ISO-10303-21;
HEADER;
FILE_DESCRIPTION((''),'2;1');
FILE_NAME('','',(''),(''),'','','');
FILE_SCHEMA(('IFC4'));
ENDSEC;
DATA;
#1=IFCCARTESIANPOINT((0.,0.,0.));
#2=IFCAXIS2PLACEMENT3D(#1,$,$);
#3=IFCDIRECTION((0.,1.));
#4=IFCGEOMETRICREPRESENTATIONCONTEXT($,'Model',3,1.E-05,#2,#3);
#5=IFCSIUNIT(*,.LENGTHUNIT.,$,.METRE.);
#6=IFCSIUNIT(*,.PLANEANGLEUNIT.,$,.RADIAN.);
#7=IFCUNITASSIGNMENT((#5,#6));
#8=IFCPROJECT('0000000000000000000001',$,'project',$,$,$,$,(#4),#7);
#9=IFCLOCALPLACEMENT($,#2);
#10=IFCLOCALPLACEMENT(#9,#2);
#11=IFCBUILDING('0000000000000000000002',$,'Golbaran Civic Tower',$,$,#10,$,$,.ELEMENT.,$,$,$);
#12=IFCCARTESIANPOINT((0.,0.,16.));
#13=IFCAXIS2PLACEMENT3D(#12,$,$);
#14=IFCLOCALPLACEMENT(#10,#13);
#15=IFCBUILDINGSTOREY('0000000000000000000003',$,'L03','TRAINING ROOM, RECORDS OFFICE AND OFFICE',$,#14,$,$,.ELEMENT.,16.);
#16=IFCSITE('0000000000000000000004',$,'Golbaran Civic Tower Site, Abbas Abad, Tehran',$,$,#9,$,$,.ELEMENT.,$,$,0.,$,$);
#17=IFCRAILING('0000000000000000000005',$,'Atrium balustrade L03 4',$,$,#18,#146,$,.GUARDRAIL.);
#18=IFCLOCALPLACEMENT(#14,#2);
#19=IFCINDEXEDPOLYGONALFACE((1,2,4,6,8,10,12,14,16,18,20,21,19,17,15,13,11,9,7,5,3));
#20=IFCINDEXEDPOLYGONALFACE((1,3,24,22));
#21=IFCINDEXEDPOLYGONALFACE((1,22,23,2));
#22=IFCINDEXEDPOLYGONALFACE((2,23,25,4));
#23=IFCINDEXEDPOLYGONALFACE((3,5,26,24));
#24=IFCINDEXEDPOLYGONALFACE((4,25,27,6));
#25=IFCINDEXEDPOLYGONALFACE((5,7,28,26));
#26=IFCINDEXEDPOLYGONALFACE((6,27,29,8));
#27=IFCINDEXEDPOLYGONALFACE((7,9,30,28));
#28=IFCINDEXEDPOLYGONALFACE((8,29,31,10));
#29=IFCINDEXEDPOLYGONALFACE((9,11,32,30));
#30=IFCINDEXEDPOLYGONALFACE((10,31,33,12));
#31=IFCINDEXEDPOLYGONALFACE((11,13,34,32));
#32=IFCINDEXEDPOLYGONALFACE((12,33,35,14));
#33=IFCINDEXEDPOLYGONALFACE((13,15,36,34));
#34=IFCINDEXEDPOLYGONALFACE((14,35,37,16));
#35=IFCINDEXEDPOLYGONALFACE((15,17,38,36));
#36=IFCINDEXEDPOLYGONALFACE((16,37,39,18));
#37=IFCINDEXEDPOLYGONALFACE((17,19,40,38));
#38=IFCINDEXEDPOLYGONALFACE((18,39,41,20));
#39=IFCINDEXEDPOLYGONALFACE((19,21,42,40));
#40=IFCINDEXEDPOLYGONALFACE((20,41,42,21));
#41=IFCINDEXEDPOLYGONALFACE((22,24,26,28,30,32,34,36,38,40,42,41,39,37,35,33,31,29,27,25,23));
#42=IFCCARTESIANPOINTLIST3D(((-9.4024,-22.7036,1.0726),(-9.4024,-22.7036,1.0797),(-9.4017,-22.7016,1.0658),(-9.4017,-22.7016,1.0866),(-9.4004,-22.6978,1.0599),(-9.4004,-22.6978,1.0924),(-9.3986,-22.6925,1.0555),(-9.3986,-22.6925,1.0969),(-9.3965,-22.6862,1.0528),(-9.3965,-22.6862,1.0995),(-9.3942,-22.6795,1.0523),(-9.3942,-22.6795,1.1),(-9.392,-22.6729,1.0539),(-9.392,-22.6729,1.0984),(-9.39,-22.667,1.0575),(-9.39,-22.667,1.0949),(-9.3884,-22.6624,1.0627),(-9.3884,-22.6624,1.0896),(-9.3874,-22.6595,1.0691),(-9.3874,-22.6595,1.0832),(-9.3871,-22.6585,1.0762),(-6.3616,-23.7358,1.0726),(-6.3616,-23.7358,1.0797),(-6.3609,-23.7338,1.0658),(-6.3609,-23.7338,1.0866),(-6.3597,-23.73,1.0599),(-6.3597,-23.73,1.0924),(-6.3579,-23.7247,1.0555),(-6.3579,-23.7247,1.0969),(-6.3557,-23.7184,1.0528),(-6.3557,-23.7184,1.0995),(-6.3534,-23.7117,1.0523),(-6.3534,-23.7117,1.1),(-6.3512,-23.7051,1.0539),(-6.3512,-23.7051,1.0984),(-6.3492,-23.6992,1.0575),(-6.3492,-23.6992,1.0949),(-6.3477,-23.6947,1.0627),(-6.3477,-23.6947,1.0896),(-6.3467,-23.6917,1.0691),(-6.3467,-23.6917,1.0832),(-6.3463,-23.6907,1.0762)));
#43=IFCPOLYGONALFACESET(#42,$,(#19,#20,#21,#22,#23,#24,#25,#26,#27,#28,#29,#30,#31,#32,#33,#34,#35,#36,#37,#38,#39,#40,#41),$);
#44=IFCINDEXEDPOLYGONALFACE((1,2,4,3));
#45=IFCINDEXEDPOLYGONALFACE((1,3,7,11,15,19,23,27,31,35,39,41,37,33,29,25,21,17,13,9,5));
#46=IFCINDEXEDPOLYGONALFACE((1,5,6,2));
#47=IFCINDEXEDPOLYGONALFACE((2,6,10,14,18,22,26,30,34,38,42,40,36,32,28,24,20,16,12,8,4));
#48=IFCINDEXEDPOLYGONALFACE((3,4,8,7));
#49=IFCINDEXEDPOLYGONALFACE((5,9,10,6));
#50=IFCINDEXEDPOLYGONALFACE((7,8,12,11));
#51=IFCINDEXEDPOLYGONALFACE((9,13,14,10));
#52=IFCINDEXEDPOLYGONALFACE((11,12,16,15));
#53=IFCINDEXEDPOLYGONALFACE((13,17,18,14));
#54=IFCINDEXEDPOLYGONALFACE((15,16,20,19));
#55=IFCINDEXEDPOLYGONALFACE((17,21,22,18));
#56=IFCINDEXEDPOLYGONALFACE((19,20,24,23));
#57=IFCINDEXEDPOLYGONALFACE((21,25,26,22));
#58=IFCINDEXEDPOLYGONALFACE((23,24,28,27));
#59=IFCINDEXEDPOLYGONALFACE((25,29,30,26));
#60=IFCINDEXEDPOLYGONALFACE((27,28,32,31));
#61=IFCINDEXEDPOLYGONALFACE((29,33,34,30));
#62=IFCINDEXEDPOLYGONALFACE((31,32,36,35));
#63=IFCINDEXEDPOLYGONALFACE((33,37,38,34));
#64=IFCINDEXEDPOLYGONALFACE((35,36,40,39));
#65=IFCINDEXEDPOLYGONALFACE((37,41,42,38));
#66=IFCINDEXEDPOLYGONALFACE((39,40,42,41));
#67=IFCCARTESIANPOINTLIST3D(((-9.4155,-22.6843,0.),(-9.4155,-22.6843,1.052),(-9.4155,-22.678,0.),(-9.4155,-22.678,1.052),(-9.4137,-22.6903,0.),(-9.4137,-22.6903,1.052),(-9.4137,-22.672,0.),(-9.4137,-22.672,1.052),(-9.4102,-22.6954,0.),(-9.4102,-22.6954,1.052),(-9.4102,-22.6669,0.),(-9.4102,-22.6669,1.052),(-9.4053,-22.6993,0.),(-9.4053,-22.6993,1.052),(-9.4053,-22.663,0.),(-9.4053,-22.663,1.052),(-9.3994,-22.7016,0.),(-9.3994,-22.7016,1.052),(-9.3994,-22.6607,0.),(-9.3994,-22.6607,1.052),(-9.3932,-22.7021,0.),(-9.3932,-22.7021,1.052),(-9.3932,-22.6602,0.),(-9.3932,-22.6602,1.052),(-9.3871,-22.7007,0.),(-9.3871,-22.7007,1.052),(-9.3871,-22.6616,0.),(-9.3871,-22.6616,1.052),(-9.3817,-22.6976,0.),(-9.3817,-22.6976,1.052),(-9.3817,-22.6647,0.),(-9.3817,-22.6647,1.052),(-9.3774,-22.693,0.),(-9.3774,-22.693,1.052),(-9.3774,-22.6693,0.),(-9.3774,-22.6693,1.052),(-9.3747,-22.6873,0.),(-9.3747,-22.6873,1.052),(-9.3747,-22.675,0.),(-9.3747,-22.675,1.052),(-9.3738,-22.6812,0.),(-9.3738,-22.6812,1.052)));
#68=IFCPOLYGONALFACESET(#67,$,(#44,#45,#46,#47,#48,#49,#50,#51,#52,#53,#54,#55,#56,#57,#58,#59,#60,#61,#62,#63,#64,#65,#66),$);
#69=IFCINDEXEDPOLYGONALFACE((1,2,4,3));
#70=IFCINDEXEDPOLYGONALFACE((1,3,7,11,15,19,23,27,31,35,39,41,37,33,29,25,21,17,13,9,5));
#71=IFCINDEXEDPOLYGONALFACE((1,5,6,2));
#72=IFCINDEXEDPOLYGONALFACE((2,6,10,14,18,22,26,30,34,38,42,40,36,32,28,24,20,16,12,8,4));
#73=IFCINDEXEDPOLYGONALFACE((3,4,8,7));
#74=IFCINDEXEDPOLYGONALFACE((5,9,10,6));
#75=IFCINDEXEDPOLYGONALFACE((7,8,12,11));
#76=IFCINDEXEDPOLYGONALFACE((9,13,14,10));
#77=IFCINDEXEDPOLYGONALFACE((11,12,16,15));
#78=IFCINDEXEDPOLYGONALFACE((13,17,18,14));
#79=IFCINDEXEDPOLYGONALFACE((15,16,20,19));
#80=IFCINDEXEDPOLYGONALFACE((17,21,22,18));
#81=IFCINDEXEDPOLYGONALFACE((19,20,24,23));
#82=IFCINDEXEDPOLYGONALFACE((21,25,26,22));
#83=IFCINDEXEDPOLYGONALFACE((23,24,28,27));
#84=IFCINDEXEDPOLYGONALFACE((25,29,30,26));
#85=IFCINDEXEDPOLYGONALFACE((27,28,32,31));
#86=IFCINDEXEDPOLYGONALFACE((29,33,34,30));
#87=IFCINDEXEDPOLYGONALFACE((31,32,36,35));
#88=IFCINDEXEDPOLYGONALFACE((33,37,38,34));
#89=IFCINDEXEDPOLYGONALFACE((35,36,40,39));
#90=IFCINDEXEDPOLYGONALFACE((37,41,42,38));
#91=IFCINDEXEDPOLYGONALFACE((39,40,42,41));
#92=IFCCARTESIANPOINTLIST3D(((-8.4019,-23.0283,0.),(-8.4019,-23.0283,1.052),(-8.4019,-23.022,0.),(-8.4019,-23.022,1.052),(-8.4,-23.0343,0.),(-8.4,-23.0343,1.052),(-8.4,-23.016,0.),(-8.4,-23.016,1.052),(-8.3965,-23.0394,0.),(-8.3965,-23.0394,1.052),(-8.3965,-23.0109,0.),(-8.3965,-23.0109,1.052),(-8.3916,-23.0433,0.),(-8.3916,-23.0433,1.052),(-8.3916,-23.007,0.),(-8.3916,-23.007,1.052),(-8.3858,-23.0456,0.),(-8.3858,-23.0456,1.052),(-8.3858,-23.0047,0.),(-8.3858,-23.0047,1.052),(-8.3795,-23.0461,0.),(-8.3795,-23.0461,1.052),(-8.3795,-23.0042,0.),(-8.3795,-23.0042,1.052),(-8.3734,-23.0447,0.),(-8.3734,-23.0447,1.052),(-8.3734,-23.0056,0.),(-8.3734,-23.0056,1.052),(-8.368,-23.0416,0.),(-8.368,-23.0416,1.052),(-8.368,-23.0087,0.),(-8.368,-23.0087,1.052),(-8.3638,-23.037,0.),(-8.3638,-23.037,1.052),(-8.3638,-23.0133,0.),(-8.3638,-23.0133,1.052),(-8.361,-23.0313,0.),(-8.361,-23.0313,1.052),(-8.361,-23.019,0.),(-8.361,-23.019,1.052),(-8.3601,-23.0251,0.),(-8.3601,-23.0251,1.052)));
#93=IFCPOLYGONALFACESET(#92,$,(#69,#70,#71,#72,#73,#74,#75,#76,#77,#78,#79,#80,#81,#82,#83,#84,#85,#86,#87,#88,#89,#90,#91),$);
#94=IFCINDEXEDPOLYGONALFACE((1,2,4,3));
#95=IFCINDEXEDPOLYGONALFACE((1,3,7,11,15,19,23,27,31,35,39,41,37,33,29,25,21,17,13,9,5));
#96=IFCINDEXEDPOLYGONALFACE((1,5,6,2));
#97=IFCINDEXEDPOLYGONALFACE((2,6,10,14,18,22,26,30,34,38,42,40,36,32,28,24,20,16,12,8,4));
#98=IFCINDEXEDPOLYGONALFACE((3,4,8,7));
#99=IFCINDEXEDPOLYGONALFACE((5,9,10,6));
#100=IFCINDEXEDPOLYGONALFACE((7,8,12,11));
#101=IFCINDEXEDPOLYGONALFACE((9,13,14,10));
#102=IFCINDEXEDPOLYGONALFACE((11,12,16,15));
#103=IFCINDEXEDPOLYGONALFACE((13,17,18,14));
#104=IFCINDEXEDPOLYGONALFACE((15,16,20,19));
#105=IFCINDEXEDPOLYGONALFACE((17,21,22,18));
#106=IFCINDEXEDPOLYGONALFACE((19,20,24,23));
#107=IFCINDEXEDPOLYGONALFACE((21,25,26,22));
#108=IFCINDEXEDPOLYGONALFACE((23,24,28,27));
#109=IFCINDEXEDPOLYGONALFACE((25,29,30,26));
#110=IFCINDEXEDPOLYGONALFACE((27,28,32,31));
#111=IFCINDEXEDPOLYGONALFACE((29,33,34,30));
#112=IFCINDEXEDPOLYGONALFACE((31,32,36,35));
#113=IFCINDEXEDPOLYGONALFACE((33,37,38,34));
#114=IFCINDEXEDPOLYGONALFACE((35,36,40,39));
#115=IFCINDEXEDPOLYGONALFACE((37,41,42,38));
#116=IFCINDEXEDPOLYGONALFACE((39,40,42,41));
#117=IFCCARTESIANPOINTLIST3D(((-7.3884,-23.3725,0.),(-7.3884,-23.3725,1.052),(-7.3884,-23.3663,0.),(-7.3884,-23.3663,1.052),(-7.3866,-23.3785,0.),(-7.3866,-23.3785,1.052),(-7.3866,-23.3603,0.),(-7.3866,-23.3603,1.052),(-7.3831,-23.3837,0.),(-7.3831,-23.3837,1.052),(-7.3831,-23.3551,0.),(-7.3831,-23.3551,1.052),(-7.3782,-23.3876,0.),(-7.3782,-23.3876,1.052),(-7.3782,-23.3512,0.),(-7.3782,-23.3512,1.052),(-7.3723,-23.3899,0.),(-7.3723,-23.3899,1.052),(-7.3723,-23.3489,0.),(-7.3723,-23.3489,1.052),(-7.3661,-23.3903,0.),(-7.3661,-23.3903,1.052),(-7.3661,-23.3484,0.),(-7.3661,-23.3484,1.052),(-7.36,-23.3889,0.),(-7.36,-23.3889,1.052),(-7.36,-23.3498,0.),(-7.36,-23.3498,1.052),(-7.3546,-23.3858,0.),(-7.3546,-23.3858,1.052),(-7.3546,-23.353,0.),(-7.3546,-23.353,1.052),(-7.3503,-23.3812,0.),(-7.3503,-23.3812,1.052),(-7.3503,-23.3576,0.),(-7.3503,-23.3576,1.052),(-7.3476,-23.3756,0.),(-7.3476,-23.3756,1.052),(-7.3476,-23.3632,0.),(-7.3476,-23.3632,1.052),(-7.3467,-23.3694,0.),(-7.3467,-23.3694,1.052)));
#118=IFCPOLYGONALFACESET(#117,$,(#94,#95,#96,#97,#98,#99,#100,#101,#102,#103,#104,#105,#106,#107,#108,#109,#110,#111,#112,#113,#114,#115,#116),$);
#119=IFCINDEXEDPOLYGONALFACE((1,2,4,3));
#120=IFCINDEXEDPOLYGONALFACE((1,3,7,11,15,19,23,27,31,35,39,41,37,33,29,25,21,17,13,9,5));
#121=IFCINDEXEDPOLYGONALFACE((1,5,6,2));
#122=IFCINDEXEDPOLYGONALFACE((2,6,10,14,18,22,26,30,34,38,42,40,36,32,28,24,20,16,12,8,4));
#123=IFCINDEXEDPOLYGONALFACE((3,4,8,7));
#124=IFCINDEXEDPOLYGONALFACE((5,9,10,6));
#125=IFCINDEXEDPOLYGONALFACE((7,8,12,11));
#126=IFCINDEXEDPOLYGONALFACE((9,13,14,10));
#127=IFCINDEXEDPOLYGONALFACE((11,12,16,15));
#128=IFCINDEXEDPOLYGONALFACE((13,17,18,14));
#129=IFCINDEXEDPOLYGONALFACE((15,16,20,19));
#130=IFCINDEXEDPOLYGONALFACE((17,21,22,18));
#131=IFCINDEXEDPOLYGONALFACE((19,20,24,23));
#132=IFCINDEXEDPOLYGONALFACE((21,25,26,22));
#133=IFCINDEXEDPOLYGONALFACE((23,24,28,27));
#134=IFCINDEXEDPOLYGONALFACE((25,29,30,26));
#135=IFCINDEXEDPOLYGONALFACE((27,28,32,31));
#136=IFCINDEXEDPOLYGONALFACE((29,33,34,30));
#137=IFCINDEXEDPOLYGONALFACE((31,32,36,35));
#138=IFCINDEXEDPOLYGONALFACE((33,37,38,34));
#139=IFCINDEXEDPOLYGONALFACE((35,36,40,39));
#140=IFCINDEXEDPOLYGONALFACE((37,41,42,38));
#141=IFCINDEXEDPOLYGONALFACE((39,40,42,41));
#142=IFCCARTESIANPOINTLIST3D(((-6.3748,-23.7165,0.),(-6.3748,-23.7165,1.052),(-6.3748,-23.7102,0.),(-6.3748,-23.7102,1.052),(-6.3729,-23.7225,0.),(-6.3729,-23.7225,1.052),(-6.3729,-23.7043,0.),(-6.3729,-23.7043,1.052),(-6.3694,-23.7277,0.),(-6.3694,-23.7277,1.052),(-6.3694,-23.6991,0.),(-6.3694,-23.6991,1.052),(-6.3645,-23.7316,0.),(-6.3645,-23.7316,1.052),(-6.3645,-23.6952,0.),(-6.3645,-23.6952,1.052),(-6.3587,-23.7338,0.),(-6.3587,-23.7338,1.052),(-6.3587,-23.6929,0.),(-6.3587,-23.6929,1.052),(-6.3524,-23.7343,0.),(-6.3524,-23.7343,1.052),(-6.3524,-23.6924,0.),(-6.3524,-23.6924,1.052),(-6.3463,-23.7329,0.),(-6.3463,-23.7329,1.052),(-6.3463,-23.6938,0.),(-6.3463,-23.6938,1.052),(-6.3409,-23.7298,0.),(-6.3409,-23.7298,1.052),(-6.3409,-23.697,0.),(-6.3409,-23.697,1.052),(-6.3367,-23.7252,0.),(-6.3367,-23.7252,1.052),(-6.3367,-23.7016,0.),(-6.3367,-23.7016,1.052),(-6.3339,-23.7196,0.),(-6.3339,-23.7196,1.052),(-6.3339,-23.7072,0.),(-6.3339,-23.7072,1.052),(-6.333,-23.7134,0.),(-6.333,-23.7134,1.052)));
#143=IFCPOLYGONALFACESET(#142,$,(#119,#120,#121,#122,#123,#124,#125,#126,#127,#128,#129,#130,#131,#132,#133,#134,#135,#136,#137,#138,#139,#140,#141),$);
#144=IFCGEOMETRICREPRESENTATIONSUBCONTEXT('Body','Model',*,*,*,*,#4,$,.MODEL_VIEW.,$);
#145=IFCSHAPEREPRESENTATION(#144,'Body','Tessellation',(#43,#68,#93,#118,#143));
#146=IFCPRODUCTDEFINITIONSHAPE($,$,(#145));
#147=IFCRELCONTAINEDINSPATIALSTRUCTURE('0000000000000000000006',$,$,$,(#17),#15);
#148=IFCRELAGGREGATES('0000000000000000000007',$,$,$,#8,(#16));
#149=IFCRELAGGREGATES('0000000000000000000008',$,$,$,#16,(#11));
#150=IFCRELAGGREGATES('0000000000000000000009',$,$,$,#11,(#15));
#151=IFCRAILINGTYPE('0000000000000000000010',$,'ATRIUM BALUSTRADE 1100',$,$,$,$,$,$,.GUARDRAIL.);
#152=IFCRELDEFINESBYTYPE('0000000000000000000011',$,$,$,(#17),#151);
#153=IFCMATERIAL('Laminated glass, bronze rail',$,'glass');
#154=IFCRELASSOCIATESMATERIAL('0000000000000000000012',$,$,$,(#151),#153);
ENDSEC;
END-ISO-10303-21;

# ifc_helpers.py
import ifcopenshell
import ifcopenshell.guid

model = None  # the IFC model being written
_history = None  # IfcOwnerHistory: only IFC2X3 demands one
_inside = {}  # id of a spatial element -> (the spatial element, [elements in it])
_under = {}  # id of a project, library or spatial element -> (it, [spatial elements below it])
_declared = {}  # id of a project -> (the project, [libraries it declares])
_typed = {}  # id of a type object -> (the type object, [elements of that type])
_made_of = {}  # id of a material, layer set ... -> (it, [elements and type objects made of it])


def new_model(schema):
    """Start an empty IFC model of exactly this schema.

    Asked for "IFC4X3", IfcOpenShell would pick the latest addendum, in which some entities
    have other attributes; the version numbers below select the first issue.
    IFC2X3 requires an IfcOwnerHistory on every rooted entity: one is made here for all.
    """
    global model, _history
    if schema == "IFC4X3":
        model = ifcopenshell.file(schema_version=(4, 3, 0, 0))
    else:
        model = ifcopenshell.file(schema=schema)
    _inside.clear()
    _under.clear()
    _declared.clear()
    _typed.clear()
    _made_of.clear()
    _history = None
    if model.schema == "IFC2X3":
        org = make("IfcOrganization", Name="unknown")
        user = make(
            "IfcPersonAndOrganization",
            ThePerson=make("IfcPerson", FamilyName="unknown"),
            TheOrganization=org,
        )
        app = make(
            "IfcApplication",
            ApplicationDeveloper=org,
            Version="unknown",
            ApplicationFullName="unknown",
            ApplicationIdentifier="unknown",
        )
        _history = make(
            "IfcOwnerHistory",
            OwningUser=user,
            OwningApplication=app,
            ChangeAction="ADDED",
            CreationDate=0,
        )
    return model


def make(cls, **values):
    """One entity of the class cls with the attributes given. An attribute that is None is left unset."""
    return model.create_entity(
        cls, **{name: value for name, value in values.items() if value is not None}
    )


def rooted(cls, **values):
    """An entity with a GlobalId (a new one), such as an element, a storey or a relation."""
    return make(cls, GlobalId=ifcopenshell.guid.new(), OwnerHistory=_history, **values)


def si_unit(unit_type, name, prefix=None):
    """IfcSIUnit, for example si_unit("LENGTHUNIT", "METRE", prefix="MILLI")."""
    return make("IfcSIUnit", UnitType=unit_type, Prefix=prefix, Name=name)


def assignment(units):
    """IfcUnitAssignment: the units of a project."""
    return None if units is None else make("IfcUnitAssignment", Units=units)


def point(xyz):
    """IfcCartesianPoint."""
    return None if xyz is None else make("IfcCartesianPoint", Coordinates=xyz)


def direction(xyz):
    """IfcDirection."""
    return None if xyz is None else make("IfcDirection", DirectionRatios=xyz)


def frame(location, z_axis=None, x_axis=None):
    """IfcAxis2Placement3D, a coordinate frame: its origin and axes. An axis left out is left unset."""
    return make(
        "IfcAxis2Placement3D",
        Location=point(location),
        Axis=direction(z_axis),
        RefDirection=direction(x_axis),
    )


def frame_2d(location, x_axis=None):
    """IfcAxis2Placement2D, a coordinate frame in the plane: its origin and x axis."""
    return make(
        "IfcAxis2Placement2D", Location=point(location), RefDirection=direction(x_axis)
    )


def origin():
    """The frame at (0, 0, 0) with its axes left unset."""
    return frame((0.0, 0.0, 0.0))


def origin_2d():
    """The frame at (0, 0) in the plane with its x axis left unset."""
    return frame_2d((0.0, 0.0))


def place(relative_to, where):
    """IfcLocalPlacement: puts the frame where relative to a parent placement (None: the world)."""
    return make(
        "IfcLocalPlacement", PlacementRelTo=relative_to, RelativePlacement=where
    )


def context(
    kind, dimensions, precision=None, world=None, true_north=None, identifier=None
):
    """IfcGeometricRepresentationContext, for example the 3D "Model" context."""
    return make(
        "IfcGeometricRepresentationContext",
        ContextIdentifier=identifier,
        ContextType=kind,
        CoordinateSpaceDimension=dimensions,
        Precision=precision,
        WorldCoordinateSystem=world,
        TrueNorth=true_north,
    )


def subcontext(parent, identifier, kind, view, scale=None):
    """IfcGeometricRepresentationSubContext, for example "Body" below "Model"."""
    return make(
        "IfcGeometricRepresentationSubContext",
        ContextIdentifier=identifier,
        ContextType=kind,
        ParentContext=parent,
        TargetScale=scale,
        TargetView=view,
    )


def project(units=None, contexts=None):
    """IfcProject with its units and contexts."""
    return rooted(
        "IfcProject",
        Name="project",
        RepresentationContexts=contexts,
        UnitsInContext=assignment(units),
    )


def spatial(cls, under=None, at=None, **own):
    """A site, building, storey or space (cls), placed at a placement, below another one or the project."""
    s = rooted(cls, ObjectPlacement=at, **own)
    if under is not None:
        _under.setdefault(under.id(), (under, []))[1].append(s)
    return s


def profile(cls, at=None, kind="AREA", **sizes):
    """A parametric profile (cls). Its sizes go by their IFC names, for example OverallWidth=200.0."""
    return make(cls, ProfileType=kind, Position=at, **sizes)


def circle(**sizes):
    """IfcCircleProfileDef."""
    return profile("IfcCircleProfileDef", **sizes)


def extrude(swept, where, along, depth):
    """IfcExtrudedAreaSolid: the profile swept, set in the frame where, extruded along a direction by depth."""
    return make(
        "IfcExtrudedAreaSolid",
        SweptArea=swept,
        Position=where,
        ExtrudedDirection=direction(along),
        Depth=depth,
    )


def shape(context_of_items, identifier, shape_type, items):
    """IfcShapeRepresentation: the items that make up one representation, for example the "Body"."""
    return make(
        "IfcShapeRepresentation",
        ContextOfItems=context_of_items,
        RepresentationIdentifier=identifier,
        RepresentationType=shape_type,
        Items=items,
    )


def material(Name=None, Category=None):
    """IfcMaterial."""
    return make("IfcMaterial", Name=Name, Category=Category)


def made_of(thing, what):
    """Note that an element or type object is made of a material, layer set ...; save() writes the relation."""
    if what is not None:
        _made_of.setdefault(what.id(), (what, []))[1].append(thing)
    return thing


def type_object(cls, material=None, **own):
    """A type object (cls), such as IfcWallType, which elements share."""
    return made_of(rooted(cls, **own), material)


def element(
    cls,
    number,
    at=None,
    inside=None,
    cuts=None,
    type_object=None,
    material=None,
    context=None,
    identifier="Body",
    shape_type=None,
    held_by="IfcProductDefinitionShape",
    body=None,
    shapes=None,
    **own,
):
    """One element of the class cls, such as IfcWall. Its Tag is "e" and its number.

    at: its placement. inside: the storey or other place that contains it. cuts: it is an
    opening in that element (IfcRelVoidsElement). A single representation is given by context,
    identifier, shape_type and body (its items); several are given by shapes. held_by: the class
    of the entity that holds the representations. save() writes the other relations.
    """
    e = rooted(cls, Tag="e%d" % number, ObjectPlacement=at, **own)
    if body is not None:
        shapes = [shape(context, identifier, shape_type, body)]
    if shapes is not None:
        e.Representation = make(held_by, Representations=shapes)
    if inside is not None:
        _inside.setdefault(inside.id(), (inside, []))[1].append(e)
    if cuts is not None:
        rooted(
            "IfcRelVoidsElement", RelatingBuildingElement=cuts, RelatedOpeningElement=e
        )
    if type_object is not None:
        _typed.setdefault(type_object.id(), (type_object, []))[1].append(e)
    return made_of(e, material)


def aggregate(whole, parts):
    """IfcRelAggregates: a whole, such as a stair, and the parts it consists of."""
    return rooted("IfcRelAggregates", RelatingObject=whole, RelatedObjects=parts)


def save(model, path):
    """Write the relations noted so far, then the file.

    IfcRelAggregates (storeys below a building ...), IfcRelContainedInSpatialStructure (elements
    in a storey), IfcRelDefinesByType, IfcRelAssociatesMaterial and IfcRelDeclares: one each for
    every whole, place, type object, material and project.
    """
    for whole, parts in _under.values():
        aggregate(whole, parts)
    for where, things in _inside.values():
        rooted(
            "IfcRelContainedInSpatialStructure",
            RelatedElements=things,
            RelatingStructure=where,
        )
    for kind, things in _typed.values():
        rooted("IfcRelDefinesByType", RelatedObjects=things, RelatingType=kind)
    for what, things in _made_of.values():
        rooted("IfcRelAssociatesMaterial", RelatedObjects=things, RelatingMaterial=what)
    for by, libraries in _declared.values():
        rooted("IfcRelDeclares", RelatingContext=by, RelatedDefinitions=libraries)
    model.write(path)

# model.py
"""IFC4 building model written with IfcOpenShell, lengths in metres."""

from ifc_helpers import new_model, si_unit, direction, frame, origin, origin_2d, place, context, subcontext, project, spatial, circle, extrude, material, type_object, element, save


model = new_model("IFC4")

# Units and contexts
model_context = context("Model", 3, precision=1e-05, world=origin(), true_north=direction((0.0, 1.0)))
body_context = subcontext(model_context, "Body", "Model", "MODEL_VIEW")
ifc_project = project(units=[si_unit("LENGTHUNIT", "METRE"), si_unit("PLANEANGLEUNIT", "RADIAN")], contexts=[model_context])

# Site, building, storey
site_placement = place(None, origin())
site = spatial("IfcSite", under=ifc_project, at=site_placement, Name="Golbaran Civic Tower Site, Abbas Abad, Tehran", CompositionType="ELEMENT", RefElevation=0.0)
building_placement = place(site_placement, origin())
building = spatial("IfcBuilding", under=site, at=building_placement, Name="Golbaran Civic Tower", CompositionType="ELEMENT")
storey_placement = place(building_placement, frame((0.0, 0.0, 16.0)))
storey = spatial("IfcBuildingStorey", under=building, at=storey_placement, Name="L03", Description="TRAINING ROOM, RECORDS OFFICE AND OFFICE", CompositionType="ELEMENT", Elevation=16.0)

# Railing
ifc_material_1 = material(Name="Laminated glass, bronze rail", Category="glass")
railing_type_1 = type_object("IfcRailingType", Name="ATRIUM BALUSTRADE 1100", PredefinedType="GUARDRAIL", material=ifc_material_1)
railing_1_placement = place(storey_placement, frame((-9.3948, -22.6812, 0.0)))
element("IfcRailing", 1, at=railing_1_placement, inside=storey, type_object=railing_type_1, Name="Atrium balustrade L03 4", PredefinedType="GUARDRAIL", context=body_context, shape_type="SweptSolid", body=[
    extrude(circle(Radius=0.0239, at=origin_2d()), frame((0.0, 0.0, 1.0762), z_axis=(0.946928, -0.321446, 0.0), x_axis=(0.321446, 0.946928, 0.0)), (0.0, 0.0, 1.0), 3.2112),
    extrude(circle(Radius=0.021, at=origin_2d()), origin(), (0.0, 0.0, 1.0), 1.052),
    extrude(circle(Radius=0.021, at=origin_2d()), frame((1.0137, -0.344, 0.0)), (0.0, 0.0, 1.0), 1.052),
    extrude(circle(Radius=0.021, at=origin_2d()), frame((2.0271, -0.6882, 0.0)), (0.0, 0.0, 1.0), 1.052),
    extrude(circle(Radius=0.021, at=origin_2d()), frame((3.0408, -1.0322, 0.0)), (0.0, 0.0, 1.0), 1.052),
])

save(model, "model.ifc")
